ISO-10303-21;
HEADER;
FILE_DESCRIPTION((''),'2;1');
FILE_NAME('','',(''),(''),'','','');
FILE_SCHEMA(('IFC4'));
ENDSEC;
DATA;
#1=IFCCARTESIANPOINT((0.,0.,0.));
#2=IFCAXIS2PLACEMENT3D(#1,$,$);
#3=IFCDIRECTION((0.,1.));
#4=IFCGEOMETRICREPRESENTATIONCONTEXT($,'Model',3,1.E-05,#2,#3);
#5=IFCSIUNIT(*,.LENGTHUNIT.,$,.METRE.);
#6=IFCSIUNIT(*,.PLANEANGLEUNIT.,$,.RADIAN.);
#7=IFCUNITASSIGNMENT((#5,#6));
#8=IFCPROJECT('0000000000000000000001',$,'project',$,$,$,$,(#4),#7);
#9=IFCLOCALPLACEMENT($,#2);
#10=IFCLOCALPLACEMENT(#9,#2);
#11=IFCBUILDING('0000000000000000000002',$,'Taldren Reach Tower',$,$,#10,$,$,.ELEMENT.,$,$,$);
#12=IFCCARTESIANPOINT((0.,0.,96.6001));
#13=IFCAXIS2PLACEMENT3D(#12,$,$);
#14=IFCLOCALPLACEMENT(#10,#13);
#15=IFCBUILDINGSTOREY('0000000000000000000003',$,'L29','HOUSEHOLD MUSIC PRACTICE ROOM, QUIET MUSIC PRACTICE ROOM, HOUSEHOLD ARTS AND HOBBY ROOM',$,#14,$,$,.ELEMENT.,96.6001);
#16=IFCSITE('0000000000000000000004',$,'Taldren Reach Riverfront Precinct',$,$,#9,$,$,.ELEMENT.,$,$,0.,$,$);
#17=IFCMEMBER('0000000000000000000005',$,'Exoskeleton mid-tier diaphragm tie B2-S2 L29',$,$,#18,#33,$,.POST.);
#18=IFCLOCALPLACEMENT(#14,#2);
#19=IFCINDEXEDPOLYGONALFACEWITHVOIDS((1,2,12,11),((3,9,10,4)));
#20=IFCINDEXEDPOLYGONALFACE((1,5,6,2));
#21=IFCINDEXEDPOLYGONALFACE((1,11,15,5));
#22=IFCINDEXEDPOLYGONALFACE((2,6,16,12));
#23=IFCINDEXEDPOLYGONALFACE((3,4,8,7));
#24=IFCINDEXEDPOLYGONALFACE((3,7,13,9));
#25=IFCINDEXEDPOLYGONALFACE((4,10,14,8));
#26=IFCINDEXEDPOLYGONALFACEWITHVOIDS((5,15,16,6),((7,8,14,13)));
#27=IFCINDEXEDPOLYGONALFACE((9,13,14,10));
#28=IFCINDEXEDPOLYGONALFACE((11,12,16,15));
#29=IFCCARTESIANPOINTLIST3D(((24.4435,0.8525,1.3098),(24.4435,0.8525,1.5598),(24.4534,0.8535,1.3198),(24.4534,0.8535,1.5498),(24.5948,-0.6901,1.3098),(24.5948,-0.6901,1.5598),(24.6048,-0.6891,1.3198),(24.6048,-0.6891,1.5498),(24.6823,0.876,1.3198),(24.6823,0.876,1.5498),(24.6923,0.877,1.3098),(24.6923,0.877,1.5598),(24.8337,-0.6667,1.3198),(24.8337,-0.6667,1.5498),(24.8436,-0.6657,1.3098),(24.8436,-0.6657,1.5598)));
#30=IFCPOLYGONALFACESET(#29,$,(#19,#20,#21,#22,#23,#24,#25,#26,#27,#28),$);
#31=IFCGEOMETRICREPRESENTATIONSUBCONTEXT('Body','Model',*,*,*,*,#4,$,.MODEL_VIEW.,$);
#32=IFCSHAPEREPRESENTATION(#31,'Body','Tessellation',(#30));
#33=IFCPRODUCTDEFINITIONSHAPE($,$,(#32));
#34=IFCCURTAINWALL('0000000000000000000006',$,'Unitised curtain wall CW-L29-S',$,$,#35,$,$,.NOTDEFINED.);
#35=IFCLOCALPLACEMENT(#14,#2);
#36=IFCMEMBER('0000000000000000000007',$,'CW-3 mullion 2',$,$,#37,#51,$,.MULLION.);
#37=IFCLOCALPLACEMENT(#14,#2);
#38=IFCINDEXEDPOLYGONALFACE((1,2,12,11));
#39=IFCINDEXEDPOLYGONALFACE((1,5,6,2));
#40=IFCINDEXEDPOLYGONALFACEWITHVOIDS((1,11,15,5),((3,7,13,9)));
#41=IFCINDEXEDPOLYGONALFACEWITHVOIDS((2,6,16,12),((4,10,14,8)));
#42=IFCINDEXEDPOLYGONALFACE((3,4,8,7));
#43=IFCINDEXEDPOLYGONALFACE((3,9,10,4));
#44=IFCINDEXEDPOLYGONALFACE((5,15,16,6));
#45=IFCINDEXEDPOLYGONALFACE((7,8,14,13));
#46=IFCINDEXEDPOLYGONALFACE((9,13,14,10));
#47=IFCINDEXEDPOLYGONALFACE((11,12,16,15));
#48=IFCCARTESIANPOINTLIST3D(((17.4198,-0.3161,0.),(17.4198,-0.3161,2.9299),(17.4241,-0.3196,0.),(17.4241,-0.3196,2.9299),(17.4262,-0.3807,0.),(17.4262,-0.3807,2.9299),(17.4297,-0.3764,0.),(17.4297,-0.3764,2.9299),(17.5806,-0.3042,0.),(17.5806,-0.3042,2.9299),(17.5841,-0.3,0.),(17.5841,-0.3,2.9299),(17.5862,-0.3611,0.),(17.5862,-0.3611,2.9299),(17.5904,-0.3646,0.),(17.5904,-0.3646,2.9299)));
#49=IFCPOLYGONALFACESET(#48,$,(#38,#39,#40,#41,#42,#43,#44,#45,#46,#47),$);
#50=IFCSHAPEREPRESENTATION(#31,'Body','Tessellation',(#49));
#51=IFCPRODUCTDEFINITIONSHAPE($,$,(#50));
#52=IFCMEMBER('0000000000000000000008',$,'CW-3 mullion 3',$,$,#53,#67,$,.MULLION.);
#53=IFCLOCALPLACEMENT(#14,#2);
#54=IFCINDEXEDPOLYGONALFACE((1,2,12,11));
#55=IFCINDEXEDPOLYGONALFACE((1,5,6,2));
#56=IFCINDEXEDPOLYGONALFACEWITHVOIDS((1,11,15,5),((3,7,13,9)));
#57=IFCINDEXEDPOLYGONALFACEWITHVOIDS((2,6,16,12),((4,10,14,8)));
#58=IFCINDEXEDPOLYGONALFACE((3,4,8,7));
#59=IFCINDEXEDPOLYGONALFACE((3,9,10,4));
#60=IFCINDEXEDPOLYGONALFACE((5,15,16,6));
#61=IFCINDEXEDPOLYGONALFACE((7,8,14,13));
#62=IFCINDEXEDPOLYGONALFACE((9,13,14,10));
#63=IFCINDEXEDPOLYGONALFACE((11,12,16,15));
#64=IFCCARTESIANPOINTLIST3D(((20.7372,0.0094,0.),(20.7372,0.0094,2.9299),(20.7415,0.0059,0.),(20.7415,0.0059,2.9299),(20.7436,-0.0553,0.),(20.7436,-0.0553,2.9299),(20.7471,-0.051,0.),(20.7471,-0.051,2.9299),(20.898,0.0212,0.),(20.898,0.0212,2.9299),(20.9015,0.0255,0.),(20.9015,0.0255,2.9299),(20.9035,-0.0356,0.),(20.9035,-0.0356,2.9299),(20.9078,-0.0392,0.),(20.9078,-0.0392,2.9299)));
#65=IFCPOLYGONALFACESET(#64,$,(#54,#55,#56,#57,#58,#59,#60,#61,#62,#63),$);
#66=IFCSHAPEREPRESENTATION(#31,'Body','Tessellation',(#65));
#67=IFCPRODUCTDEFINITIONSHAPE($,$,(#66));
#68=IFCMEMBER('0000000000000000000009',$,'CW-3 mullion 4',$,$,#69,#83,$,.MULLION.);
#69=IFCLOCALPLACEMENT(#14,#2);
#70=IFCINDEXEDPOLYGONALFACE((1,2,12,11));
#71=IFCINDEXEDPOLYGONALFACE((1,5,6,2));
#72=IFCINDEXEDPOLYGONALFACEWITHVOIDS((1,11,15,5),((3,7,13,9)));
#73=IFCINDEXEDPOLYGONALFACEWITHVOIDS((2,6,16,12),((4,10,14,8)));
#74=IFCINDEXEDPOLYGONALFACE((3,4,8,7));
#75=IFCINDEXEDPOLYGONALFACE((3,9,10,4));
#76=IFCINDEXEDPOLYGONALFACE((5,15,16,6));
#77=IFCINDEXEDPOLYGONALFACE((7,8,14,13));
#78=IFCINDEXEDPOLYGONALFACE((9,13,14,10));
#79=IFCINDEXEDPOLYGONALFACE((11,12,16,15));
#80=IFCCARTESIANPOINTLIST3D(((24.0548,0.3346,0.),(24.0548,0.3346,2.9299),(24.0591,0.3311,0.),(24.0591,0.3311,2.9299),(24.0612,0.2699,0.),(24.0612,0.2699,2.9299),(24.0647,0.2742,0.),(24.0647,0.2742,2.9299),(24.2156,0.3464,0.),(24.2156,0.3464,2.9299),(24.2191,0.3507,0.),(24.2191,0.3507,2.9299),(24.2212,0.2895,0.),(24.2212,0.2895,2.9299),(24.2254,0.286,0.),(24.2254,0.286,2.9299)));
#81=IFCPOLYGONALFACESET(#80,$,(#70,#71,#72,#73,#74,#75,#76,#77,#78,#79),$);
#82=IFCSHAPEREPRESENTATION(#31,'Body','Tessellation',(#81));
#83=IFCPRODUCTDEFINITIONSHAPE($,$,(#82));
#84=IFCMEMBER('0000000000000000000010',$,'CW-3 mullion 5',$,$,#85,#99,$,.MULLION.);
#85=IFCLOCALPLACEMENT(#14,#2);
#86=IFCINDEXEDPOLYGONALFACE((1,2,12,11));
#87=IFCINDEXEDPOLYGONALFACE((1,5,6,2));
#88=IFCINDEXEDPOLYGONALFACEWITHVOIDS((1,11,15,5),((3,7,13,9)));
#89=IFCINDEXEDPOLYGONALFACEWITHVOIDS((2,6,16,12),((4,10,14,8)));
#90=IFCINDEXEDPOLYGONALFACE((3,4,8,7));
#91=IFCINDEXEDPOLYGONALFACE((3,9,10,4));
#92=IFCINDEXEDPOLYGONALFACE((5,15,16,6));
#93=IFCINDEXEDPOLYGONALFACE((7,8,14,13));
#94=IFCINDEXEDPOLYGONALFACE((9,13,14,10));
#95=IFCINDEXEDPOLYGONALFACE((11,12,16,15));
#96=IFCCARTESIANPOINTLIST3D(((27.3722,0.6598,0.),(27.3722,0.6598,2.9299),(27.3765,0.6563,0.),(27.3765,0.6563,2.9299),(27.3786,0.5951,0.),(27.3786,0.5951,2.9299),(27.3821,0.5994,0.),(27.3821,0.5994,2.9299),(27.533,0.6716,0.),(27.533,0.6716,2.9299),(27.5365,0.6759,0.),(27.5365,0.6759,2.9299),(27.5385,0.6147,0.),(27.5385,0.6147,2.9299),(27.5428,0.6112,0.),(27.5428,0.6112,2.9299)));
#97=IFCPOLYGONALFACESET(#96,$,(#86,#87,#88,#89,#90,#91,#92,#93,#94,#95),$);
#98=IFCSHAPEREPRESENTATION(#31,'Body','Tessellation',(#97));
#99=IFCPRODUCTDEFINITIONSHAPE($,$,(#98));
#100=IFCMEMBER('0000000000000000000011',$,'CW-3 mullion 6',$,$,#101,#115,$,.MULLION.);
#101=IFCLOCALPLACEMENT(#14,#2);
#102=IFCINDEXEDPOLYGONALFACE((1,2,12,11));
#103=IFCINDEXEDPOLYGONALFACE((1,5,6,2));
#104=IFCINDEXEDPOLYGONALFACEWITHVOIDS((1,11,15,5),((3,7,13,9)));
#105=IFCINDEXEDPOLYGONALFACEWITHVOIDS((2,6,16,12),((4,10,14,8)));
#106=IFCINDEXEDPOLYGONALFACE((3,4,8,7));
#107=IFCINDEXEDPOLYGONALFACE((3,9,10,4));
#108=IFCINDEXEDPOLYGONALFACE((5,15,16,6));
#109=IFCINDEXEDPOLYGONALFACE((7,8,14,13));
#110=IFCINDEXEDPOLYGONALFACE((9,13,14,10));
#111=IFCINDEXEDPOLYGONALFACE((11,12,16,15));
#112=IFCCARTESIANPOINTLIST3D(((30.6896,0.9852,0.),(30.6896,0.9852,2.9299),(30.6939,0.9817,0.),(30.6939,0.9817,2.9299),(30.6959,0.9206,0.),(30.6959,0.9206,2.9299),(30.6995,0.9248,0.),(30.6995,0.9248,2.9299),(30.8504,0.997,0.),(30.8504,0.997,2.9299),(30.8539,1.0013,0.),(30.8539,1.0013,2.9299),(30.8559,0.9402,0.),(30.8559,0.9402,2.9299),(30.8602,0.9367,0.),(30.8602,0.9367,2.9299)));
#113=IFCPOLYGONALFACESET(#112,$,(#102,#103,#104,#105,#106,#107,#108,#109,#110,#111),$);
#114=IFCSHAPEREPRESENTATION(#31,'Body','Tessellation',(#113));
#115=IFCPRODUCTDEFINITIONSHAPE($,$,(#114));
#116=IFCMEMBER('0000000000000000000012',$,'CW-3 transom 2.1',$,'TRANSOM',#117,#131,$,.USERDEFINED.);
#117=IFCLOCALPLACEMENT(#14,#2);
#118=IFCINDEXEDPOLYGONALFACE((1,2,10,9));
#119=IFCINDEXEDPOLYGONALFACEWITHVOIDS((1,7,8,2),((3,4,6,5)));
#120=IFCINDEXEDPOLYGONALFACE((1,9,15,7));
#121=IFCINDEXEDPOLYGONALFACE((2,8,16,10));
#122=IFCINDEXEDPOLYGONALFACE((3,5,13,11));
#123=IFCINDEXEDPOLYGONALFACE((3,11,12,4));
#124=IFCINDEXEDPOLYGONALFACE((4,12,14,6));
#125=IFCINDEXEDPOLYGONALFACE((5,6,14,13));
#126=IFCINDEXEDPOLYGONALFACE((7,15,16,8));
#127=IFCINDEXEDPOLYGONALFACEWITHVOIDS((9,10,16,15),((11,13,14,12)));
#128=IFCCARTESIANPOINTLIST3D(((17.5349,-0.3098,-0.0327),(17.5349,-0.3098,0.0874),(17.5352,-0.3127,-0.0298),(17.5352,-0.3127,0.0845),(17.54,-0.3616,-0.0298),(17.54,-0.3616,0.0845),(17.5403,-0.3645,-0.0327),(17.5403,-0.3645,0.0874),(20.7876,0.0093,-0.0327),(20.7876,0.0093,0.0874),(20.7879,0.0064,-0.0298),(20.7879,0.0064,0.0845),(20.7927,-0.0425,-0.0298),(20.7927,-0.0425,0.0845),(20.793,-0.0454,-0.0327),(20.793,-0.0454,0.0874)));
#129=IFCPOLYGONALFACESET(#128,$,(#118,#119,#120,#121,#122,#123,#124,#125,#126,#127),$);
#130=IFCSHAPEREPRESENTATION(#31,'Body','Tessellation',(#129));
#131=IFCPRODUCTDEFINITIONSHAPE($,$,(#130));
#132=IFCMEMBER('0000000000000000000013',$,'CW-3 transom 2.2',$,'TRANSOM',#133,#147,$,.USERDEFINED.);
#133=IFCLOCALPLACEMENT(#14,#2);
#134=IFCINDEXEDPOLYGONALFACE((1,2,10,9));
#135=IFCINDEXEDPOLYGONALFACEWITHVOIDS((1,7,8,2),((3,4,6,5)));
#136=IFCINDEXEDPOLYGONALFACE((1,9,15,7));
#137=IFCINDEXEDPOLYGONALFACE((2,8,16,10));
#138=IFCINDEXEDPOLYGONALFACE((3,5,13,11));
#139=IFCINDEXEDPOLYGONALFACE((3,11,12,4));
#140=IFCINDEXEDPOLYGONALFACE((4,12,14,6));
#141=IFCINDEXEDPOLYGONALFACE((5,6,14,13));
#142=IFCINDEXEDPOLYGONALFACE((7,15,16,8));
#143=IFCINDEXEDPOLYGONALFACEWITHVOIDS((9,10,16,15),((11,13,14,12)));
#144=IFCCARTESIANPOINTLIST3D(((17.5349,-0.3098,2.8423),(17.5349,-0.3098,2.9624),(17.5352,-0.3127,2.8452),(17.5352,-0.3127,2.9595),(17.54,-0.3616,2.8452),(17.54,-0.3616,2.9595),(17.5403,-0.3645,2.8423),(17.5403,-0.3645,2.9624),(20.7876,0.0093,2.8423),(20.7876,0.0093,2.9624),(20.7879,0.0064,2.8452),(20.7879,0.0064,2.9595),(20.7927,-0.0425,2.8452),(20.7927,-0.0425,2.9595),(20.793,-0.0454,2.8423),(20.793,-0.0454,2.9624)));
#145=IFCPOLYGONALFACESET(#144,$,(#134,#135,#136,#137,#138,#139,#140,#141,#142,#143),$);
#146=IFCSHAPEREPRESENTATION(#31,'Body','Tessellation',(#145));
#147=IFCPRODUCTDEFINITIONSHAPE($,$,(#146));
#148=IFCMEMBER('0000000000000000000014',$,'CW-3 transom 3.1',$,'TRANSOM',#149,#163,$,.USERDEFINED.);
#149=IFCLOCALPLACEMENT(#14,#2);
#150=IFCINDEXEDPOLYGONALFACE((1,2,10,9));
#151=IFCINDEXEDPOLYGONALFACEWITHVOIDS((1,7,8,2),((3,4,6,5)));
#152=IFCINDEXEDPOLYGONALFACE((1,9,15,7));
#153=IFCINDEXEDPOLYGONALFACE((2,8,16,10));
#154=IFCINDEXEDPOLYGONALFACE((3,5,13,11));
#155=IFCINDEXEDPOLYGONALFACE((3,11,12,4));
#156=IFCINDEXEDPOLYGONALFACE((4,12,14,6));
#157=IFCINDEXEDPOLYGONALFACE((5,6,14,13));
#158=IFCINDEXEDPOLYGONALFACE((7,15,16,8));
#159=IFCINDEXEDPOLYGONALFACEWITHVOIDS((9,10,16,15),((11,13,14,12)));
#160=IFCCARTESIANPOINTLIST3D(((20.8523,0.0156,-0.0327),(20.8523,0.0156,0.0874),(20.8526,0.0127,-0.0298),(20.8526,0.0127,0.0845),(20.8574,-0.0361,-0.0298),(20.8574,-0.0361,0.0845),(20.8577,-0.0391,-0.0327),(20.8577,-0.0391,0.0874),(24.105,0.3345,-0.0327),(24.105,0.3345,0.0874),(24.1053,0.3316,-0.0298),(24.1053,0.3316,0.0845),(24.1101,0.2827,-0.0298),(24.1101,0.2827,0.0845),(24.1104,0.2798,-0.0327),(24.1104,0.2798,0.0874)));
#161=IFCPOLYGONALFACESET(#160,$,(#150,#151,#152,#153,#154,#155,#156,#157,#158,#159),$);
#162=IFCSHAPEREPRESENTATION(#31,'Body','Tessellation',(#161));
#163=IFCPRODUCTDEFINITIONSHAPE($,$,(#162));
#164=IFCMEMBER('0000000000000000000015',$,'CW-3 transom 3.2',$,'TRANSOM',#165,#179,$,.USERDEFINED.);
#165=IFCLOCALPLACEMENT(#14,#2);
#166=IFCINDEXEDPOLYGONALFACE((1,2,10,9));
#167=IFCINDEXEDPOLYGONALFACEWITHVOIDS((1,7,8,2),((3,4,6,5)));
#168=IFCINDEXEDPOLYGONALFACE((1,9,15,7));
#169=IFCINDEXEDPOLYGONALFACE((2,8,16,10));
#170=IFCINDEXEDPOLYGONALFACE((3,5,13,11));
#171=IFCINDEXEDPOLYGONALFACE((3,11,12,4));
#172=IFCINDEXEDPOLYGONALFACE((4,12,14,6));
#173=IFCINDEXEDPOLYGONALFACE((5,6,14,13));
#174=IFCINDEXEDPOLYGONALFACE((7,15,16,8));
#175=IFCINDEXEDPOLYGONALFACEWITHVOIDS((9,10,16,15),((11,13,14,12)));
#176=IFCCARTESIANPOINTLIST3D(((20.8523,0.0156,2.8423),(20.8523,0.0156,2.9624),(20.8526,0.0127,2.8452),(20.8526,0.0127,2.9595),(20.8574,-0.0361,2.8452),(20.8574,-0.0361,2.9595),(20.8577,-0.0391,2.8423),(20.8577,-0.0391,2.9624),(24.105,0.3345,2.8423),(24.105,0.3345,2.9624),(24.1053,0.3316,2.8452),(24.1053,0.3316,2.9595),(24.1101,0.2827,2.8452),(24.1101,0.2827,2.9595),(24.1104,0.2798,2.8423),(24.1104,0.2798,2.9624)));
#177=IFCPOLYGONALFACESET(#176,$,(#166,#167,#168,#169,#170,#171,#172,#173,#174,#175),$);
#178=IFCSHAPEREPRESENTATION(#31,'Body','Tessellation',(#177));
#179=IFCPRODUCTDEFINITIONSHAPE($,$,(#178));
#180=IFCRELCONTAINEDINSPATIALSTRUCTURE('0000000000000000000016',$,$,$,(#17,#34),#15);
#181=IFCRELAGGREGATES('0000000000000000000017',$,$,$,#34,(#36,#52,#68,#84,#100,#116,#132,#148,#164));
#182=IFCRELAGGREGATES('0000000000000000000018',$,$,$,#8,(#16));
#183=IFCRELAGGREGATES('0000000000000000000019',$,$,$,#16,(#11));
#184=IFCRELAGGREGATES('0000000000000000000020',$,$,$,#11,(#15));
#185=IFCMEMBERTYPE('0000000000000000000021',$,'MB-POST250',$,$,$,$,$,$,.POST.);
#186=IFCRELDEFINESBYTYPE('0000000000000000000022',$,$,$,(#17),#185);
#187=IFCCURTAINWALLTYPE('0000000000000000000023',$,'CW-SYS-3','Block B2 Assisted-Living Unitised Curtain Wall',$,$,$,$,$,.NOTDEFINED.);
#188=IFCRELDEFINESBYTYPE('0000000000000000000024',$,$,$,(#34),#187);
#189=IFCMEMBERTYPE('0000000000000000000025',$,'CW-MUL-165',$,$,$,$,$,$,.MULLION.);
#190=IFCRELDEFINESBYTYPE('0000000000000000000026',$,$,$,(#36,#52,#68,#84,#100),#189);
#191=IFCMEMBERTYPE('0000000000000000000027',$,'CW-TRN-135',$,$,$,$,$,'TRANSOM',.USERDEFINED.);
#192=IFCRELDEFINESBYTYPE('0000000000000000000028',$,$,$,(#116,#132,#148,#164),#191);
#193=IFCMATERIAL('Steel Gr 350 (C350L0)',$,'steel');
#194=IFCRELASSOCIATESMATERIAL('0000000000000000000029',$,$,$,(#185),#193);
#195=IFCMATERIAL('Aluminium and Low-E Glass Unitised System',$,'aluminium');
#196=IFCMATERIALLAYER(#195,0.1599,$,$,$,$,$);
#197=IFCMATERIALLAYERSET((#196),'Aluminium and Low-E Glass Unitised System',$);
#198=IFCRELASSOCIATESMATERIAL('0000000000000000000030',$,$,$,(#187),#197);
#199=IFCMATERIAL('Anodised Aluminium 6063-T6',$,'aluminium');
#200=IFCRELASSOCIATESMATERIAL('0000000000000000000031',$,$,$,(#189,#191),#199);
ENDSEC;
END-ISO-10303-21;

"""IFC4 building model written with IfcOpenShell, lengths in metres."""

from ifc_helpers import new_model, si_unit, direction, frame, origin, origin_2d, place, context, subcontext, project, spatial, hollow_rectangle, extrude, source, transform, mapped, material, layer, layer_set, material_profile, profile_set, type_object, element, aggregate, save


model = new_model("IFC4")

# Units and contexts
model_context = context("Model", 3, precision=1e-05, world=origin(), true_north=direction((0.0, 1.0)))
body_context = subcontext(model_context, "Body", "Model", "MODEL_VIEW")
ifc_project = project(units=[si_unit("LENGTHUNIT", "METRE"), si_unit("PLANEANGLEUNIT", "RADIAN")], contexts=[model_context])

# Site, building, storey
site_placement = place(None, origin())
site = spatial("IfcSite", under=ifc_project, at=site_placement, Name="Taldren Reach Riverfront Precinct", CompositionType="ELEMENT", RefElevation=0.0)
building_placement = place(site_placement, origin())
building = spatial("IfcBuilding", under=site, at=building_placement, Name="Taldren Reach Tower", CompositionType="ELEMENT")
storey_placement = place(building_placement, frame((0.0, 0.0, 96.6001)))
storey = spatial("IfcBuildingStorey", under=building, at=storey_placement, Name="L29", Description="HOUSEHOLD MUSIC PRACTICE ROOM, QUIET MUSIC PRACTICE ROOM, HOUSEHOLD ARTS AND HOBBY ROOM", CompositionType="ELEMENT", Elevation=96.6001)

# Member
ifc_material_1 = material(Name="Steel Gr 350 (C350L0)", Category="steel")
ifc_material_profile_1 = material_profile(ifc_material_1, hollow_rectangle(XDim=0.25, YDim=0.25, WallThickness=0.01, at=origin_2d()), Name="250x250x10.0SHS")
ifc_profile_set_1 = profile_set([ifc_material_profile_1], Name="Steel Gr 350 (C350L0)")
member_type_1 = type_object("IfcMemberType", Name="MB-POST250", PredefinedType="POST", material=ifc_profile_set_1)
shared_shape_1 = source(origin(), body_context, "Body", "SweptSolid", [
    extrude(hollow_rectangle(XDim=0.25, YDim=0.25, WallThickness=0.01, at=origin_2d()), origin(), (0.0, 0.0, 1.0), 1.55),
])
for number, where, z_axis, x_axis, name in (
    (1, (24.5679, 0.8647, 1.4348), (0.097648, -0.995221, 0.0), (0.995221, 0.097648, 0.0), "Exoskeleton mid-tier diaphragm tie B2-S2 L29"),
):
    element("IfcMember", number, at=place(storey_placement, frame(where, z_axis=z_axis, x_axis=x_axis)), inside=storey, type_object=member_type_1, Name=name, PredefinedType="POST", context=body_context, shape_type="MappedRepresentation", body=[
        mapped(shared_shape_1, transform((0.0, 0.0, 0.0), scale=1.0)),
    ])

# Curtain wall, members
ifc_material_2 = material(Name="Aluminium and Low-E Glass Unitised System", Category="aluminium")
ifc_layer_1 = layer(ifc_material_2, 0.1599)
ifc_layer_set_1 = layer_set([ifc_layer_1], Name="Aluminium and Low-E Glass Unitised System")
curtain_wall_type = type_object("IfcCurtainWallType", Name="CW-SYS-3", Description="Block B2 Assisted-Living Unitised Curtain Wall", PredefinedType="NOTDEFINED", material=ifc_layer_set_1)
curtain_wall_placement = place(storey_placement, origin())
curtain_wall = element("IfcCurtainWall", 2, at=curtain_wall_placement, inside=storey, type_object=curtain_wall_type, Name="Unitised curtain wall CW-L29-S", PredefinedType="NOTDEFINED")
ifc_material_3 = material(Name="Anodised Aluminium 6063-T6", Category="aluminium")
ifc_material_profile_2 = material_profile(ifc_material_3, hollow_rectangle(XDim=0.0649, YDim=0.165, WallThickness=0.0039, at=origin_2d()), Name="ALU-165x65x4RHS")
ifc_profile_set_2 = profile_set([ifc_material_profile_2], Name="Anodised Aluminium 6063-T6")
member_type_2 = type_object("IfcMemberType", Name="CW-MUL-165", PredefinedType="MULLION", material=ifc_profile_set_2)
shared_shape_2 = source(origin(), body_context, "Body", "SweptSolid", [
    extrude(hollow_rectangle(XDim=0.0649, YDim=0.165, WallThickness=0.0039, at=origin_2d()), origin(), (0.0, 0.0, 1.0), 2.9299),
])
member_1_placement = place(storey_placement, frame((17.5051, -0.3403, 0.0), z_axis=(0.0, 0.0, 1.0), x_axis=(-0.097583, 0.995227, 0.0)))
member_1 = element("IfcMember", 3, at=member_1_placement, type_object=member_type_2, Name="CW-3 mullion 2", PredefinedType="MULLION", context=body_context, shape_type="MappedRepresentation", body=[
    mapped(shared_shape_2, transform((0.0, 0.0, 0.0), scale=1.0)),
])
member_2_placement = place(storey_placement, frame((20.8225, -0.0149, 0.0), z_axis=(0.0, 0.0, 1.0), x_axis=(-0.097583, 0.995227, 0.0)))
member_2 = element("IfcMember", 4, at=member_2_placement, type_object=member_type_2, Name="CW-3 mullion 3", PredefinedType="MULLION", context=body_context, shape_type="MappedRepresentation", body=[
    mapped(shared_shape_2, transform((0.0, 0.0, 0.0), scale=1.0)),
])
member_3_placement = place(storey_placement, frame((24.1401, 0.3103, 0.0), z_axis=(0.0, 0.0, 1.0), x_axis=(-0.097583, 0.995227, 0.0)))
member_3 = element("IfcMember", 5, at=member_3_placement, type_object=member_type_2, Name="CW-3 mullion 4", PredefinedType="MULLION", context=body_context, shape_type="MappedRepresentation", body=[
    mapped(shared_shape_2, transform((0.0, 0.0, 0.0), scale=1.0)),
])
member_4_placement = place(storey_placement, frame((27.4575, 0.6355, 0.0), z_axis=(0.0, 0.0, 1.0), x_axis=(-0.097583, 0.995227, 0.0)))
member_4 = element("IfcMember", 6, at=member_4_placement, type_object=member_type_2, Name="CW-3 mullion 5", PredefinedType="MULLION", context=body_context, shape_type="MappedRepresentation", body=[
    mapped(shared_shape_2, transform((0.0, 0.0, 0.0), scale=1.0)),
])
member_5_placement = place(storey_placement, frame((30.7749, 0.9609, 0.0), z_axis=(0.0, 0.0, 1.0), x_axis=(-0.097583, 0.995227, 0.0)))
member_5 = element("IfcMember", 7, at=member_5_placement, type_object=member_type_2, Name="CW-3 mullion 6", PredefinedType="MULLION", context=body_context, shape_type="MappedRepresentation", body=[
    mapped(shared_shape_2, transform((0.0, 0.0, 0.0), scale=1.0)),
])
ifc_material_profile_3 = material_profile(ifc_material_3, hollow_rectangle(XDim=0.0549, YDim=0.1201, WallThickness=0.0029, at=origin_2d()), Name="ALU-120x55x3RHS")
ifc_profile_set_3 = profile_set([ifc_material_profile_3], Name="Anodised Aluminium 6063-T6")
member_type_3 = type_object("IfcMemberType", Name="CW-TRN-135", ElementType="TRANSOM", PredefinedType="USERDEFINED", material=ifc_profile_set_3)
shared_shape_3 = source(origin(), body_context, "Body", "SweptSolid", [
    extrude(hollow_rectangle(XDim=0.0549, YDim=0.1201, WallThickness=0.0029, at=origin_2d()), origin(), (0.0, 0.0, 1.0), 3.2683),
])
member_6_placement = place(storey_placement, frame((17.5376, -0.3372, 0.0273), z_axis=(0.995223, 0.097632, 0.0), x_axis=(-0.097632, 0.995223, 0.0)))
member_6 = element("IfcMember", 8, at=member_6_placement, type_object=member_type_3, Name="CW-3 transom 2.1", ObjectType="TRANSOM", PredefinedType="USERDEFINED", context=body_context, shape_type="MappedRepresentation", body=[
    mapped(shared_shape_3, transform((0.0, 0.0, 0.0), scale=1.0)),
])
member_7_placement = place(storey_placement, frame((17.5376, -0.3372, 2.9023), z_axis=(0.995223, 0.097632, 0.0), x_axis=(-0.097632, 0.995223, 0.0)))
member_7 = element("IfcMember", 9, at=member_7_placement, type_object=member_type_3, Name="CW-3 transom 2.2", ObjectType="TRANSOM", PredefinedType="USERDEFINED", context=body_context, shape_type="MappedRepresentation", body=[
    mapped(shared_shape_3, transform((0.0, 0.0, 0.0), scale=1.0)),
])
member_8_placement = place(storey_placement, frame((20.855, -0.0117, 0.0273), z_axis=(0.99523, 0.097558, 0.0), x_axis=(-0.097558, 0.99523, 0.0)))
member_8 = element("IfcMember", 10, at=member_8_placement, type_object=member_type_3, Name="CW-3 transom 3.1", ObjectType="TRANSOM", PredefinedType="USERDEFINED", context=body_context, shape_type="MappedRepresentation", body=[
    mapped(shared_shape_3, transform((0.0, 0.0, 0.0), scale=1.0)),
])
member_9_placement = place(storey_placement, frame((20.855, -0.0117, 2.9023), z_axis=(0.99523, 0.097558, 0.0), x_axis=(-0.097558, 0.99523, 0.0)))
member_9 = element("IfcMember", 11, at=member_9_placement, type_object=member_type_3, Name="CW-3 transom 3.2", ObjectType="TRANSOM", PredefinedType="USERDEFINED", context=body_context, shape_type="MappedRepresentation", body=[
    mapped(shared_shape_3, transform((0.0, 0.0, 0.0), scale=1.0)),
])

aggregate(curtain_wall, [member_1, member_2, member_3, member_4, member_5, member_6, member_7, member_8, member_9])

save(model, "model.ifc")
